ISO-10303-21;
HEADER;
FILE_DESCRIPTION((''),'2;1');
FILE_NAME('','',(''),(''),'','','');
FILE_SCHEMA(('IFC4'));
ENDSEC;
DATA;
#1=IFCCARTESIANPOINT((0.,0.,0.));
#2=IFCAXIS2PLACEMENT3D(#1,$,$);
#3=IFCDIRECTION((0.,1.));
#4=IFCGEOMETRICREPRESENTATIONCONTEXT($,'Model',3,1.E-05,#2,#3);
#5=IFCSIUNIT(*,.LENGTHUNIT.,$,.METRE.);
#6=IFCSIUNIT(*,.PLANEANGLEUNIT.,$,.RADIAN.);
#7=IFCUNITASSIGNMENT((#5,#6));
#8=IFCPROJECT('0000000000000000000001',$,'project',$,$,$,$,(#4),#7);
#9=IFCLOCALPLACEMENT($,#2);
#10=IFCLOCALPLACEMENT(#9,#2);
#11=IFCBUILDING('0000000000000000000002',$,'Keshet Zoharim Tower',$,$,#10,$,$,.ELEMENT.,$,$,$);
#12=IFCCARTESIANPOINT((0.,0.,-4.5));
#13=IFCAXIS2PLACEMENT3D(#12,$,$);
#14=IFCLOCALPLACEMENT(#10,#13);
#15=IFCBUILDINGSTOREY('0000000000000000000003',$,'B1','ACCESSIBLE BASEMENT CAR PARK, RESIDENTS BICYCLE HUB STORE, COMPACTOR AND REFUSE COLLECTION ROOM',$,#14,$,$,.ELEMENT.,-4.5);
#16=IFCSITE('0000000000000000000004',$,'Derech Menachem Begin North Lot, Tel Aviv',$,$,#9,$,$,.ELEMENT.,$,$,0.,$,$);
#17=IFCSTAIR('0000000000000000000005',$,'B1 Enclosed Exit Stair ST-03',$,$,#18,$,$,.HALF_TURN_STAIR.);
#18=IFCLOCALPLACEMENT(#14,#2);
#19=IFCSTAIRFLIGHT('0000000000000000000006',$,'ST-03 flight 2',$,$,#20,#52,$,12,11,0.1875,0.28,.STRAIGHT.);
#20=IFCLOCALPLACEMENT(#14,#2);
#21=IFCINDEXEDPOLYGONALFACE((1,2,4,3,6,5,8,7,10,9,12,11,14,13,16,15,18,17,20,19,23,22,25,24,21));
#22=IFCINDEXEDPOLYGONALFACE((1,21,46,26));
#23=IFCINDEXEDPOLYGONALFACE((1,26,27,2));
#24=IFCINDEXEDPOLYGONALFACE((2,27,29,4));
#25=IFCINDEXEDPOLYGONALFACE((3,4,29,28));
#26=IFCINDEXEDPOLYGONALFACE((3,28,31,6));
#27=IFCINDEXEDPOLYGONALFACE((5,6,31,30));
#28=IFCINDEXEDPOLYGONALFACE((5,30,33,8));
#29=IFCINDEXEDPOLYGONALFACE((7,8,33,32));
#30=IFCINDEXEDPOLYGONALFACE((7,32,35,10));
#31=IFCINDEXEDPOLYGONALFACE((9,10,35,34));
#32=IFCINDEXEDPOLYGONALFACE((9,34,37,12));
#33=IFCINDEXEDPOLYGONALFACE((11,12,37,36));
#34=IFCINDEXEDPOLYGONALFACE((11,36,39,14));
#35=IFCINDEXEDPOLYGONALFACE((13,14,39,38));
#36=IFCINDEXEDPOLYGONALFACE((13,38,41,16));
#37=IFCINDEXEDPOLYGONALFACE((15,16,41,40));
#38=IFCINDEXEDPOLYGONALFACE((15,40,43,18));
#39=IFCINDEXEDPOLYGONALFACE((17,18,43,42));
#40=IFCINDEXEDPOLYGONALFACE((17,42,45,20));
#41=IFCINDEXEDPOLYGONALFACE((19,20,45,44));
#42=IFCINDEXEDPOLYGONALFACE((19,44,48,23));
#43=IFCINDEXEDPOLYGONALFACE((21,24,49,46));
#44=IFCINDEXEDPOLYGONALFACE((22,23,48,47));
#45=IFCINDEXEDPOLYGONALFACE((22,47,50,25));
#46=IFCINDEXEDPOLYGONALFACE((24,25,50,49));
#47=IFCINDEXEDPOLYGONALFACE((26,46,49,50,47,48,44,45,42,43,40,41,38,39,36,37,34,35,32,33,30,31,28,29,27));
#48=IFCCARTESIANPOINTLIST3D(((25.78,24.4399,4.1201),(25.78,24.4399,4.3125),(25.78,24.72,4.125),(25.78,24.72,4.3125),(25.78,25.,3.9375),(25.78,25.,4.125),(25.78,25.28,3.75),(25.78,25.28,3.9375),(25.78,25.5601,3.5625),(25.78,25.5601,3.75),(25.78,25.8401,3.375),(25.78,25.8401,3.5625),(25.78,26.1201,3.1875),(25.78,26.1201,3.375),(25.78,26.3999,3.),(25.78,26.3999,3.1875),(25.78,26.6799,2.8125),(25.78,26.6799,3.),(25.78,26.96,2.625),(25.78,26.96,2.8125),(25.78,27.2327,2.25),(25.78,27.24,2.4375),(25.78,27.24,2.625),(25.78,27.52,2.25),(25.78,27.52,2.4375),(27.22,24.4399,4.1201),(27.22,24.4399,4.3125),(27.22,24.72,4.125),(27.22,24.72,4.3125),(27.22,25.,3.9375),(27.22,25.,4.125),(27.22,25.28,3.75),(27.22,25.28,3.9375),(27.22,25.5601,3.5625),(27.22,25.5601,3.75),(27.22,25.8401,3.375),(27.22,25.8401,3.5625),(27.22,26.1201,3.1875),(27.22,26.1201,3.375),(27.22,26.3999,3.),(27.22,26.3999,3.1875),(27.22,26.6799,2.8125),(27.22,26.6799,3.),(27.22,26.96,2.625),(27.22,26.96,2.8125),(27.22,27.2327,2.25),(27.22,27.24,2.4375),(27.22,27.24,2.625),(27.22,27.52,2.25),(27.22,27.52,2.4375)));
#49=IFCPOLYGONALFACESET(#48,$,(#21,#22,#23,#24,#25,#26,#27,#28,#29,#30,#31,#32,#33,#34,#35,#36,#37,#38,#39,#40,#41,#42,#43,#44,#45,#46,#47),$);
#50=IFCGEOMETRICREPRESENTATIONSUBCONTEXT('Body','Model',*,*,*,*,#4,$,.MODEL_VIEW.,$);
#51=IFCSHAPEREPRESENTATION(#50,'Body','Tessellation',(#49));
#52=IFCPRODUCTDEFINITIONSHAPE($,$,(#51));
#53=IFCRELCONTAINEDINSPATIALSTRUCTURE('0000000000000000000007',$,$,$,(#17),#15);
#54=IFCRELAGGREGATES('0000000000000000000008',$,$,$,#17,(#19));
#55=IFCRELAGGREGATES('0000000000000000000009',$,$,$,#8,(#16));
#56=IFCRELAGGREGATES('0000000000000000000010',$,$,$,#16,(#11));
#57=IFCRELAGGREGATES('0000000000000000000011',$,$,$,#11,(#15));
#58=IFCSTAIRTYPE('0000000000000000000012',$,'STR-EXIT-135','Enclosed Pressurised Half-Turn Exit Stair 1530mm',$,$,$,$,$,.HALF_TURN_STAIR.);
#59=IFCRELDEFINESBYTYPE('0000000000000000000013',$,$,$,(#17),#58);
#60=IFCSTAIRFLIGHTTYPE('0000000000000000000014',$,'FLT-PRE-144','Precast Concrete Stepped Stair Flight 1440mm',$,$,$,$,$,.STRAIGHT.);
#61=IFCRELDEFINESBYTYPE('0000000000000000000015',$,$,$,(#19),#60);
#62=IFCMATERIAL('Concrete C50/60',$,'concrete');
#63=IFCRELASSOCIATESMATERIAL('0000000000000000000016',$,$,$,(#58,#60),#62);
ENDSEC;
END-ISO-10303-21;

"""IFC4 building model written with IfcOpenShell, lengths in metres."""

from ifc_helpers import new_model, si_unit, direction, frame, origin, place, context, subcontext, project, spatial, polyline, outline, extrude, material, type_object, element, aggregate, save


model = new_model("IFC4")

# Units and contexts
model_context = context("Model", 3, precision=1e-05, world=origin(), true_north=direction((0.0, 1.0)))
body_context = subcontext(model_context, "Body", "Model", "MODEL_VIEW")
ifc_project = project(units=[si_unit("LENGTHUNIT", "METRE"), si_unit("PLANEANGLEUNIT", "RADIAN")], contexts=[model_context])

# Site, building, storey
site_placement = place(None, origin())
site = spatial("IfcSite", under=ifc_project, at=site_placement, Name="Derech Menachem Begin North Lot, Tel Aviv", CompositionType="ELEMENT", RefElevation=0.0)
building_placement = place(site_placement, origin())
building = spatial("IfcBuilding", under=site, at=building_placement, Name="Keshet Zoharim Tower", CompositionType="ELEMENT")
storey_placement = place(building_placement, frame((0.0, 0.0, -4.5)))
storey = spatial("IfcBuildingStorey", under=building, at=storey_placement, Name="B1", Description="ACCESSIBLE BASEMENT CAR PARK, RESIDENTS BICYCLE HUB STORE, COMPACTOR AND REFUSE COLLECTION ROOM", CompositionType="ELEMENT", Elevation=-4.5)

# Shared definitions
ifc_material_1 = material(Name="Concrete C50/60", Category="concrete")

# Stair, stair flight
stair_type = type_object("IfcStairType", Name="STR-EXIT-135", Description="Enclosed Pressurised Half-Turn Exit Stair 1530mm", PredefinedType="HALF_TURN_STAIR", material=ifc_material_1)
stair_1_placement = place(storey_placement, origin())
stair_1 = element("IfcStair", 1, at=stair_1_placement, inside=storey, type_object=stair_type, Name="B1 Enclosed Exit Stair ST-03", PredefinedType="HALF_TURN_STAIR")
stair_flight_type_1 = type_object("IfcStairFlightType", Name="FLT-PRE-144", Description="Precast Concrete Stepped Stair Flight 1440mm", PredefinedType="STRAIGHT", material=ifc_material_1)
stair_flight_1_placement = place(storey_placement, frame((26.5, 27.52, 2.25), z_axis=(0.0, 0.0, 1.0), x_axis=(0.0, -1.0, 0.0)))
stair_flight_1 = element("IfcStairFlight", 2, at=stair_flight_1_placement, type_object=stair_flight_type_1, Name="ST-03 flight 2", NumberOfRisers=12, NumberOfTreads=11, PredefinedType="STRAIGHT", RiserHeight=0.1875, TreadLength=0.28, context=body_context, shape_type="SweptSolid", body=[
    extrude(outline(polyline([(0.0, 0.0), (0.0, 0.1875), (0.28, 0.1875), (0.28, 0.375), (0.5601, 0.375), (0.5601, 0.5625), (0.8401, 0.5625), (0.8401, 0.75), (1.1201, 0.75), (1.1201, 0.9375), (1.3999, 0.9375), (1.3999, 1.125), (1.6799, 1.125), (1.6799, 1.3125), (1.96, 1.3125), (1.96, 1.5), (2.24, 1.5), (2.24, 1.6875), (2.52, 1.6875), (2.52, 1.875), (2.8, 1.875), (2.8, 2.0625), (3.0801, 2.0625), (3.0801, 2.25), (3.0801, 1.8701), (0.2874, 0.0), (0.0, 0.0)])), frame((0.0, 0.72, 0.0), z_axis=(0.0, -1.0, 0.0), x_axis=(1.0, 0.0, 0.0)), (0.0, 0.0, 1.0), 1.4399),
])
aggregate(stair_1, [stair_flight_1])

save(model, "model.ifc")
